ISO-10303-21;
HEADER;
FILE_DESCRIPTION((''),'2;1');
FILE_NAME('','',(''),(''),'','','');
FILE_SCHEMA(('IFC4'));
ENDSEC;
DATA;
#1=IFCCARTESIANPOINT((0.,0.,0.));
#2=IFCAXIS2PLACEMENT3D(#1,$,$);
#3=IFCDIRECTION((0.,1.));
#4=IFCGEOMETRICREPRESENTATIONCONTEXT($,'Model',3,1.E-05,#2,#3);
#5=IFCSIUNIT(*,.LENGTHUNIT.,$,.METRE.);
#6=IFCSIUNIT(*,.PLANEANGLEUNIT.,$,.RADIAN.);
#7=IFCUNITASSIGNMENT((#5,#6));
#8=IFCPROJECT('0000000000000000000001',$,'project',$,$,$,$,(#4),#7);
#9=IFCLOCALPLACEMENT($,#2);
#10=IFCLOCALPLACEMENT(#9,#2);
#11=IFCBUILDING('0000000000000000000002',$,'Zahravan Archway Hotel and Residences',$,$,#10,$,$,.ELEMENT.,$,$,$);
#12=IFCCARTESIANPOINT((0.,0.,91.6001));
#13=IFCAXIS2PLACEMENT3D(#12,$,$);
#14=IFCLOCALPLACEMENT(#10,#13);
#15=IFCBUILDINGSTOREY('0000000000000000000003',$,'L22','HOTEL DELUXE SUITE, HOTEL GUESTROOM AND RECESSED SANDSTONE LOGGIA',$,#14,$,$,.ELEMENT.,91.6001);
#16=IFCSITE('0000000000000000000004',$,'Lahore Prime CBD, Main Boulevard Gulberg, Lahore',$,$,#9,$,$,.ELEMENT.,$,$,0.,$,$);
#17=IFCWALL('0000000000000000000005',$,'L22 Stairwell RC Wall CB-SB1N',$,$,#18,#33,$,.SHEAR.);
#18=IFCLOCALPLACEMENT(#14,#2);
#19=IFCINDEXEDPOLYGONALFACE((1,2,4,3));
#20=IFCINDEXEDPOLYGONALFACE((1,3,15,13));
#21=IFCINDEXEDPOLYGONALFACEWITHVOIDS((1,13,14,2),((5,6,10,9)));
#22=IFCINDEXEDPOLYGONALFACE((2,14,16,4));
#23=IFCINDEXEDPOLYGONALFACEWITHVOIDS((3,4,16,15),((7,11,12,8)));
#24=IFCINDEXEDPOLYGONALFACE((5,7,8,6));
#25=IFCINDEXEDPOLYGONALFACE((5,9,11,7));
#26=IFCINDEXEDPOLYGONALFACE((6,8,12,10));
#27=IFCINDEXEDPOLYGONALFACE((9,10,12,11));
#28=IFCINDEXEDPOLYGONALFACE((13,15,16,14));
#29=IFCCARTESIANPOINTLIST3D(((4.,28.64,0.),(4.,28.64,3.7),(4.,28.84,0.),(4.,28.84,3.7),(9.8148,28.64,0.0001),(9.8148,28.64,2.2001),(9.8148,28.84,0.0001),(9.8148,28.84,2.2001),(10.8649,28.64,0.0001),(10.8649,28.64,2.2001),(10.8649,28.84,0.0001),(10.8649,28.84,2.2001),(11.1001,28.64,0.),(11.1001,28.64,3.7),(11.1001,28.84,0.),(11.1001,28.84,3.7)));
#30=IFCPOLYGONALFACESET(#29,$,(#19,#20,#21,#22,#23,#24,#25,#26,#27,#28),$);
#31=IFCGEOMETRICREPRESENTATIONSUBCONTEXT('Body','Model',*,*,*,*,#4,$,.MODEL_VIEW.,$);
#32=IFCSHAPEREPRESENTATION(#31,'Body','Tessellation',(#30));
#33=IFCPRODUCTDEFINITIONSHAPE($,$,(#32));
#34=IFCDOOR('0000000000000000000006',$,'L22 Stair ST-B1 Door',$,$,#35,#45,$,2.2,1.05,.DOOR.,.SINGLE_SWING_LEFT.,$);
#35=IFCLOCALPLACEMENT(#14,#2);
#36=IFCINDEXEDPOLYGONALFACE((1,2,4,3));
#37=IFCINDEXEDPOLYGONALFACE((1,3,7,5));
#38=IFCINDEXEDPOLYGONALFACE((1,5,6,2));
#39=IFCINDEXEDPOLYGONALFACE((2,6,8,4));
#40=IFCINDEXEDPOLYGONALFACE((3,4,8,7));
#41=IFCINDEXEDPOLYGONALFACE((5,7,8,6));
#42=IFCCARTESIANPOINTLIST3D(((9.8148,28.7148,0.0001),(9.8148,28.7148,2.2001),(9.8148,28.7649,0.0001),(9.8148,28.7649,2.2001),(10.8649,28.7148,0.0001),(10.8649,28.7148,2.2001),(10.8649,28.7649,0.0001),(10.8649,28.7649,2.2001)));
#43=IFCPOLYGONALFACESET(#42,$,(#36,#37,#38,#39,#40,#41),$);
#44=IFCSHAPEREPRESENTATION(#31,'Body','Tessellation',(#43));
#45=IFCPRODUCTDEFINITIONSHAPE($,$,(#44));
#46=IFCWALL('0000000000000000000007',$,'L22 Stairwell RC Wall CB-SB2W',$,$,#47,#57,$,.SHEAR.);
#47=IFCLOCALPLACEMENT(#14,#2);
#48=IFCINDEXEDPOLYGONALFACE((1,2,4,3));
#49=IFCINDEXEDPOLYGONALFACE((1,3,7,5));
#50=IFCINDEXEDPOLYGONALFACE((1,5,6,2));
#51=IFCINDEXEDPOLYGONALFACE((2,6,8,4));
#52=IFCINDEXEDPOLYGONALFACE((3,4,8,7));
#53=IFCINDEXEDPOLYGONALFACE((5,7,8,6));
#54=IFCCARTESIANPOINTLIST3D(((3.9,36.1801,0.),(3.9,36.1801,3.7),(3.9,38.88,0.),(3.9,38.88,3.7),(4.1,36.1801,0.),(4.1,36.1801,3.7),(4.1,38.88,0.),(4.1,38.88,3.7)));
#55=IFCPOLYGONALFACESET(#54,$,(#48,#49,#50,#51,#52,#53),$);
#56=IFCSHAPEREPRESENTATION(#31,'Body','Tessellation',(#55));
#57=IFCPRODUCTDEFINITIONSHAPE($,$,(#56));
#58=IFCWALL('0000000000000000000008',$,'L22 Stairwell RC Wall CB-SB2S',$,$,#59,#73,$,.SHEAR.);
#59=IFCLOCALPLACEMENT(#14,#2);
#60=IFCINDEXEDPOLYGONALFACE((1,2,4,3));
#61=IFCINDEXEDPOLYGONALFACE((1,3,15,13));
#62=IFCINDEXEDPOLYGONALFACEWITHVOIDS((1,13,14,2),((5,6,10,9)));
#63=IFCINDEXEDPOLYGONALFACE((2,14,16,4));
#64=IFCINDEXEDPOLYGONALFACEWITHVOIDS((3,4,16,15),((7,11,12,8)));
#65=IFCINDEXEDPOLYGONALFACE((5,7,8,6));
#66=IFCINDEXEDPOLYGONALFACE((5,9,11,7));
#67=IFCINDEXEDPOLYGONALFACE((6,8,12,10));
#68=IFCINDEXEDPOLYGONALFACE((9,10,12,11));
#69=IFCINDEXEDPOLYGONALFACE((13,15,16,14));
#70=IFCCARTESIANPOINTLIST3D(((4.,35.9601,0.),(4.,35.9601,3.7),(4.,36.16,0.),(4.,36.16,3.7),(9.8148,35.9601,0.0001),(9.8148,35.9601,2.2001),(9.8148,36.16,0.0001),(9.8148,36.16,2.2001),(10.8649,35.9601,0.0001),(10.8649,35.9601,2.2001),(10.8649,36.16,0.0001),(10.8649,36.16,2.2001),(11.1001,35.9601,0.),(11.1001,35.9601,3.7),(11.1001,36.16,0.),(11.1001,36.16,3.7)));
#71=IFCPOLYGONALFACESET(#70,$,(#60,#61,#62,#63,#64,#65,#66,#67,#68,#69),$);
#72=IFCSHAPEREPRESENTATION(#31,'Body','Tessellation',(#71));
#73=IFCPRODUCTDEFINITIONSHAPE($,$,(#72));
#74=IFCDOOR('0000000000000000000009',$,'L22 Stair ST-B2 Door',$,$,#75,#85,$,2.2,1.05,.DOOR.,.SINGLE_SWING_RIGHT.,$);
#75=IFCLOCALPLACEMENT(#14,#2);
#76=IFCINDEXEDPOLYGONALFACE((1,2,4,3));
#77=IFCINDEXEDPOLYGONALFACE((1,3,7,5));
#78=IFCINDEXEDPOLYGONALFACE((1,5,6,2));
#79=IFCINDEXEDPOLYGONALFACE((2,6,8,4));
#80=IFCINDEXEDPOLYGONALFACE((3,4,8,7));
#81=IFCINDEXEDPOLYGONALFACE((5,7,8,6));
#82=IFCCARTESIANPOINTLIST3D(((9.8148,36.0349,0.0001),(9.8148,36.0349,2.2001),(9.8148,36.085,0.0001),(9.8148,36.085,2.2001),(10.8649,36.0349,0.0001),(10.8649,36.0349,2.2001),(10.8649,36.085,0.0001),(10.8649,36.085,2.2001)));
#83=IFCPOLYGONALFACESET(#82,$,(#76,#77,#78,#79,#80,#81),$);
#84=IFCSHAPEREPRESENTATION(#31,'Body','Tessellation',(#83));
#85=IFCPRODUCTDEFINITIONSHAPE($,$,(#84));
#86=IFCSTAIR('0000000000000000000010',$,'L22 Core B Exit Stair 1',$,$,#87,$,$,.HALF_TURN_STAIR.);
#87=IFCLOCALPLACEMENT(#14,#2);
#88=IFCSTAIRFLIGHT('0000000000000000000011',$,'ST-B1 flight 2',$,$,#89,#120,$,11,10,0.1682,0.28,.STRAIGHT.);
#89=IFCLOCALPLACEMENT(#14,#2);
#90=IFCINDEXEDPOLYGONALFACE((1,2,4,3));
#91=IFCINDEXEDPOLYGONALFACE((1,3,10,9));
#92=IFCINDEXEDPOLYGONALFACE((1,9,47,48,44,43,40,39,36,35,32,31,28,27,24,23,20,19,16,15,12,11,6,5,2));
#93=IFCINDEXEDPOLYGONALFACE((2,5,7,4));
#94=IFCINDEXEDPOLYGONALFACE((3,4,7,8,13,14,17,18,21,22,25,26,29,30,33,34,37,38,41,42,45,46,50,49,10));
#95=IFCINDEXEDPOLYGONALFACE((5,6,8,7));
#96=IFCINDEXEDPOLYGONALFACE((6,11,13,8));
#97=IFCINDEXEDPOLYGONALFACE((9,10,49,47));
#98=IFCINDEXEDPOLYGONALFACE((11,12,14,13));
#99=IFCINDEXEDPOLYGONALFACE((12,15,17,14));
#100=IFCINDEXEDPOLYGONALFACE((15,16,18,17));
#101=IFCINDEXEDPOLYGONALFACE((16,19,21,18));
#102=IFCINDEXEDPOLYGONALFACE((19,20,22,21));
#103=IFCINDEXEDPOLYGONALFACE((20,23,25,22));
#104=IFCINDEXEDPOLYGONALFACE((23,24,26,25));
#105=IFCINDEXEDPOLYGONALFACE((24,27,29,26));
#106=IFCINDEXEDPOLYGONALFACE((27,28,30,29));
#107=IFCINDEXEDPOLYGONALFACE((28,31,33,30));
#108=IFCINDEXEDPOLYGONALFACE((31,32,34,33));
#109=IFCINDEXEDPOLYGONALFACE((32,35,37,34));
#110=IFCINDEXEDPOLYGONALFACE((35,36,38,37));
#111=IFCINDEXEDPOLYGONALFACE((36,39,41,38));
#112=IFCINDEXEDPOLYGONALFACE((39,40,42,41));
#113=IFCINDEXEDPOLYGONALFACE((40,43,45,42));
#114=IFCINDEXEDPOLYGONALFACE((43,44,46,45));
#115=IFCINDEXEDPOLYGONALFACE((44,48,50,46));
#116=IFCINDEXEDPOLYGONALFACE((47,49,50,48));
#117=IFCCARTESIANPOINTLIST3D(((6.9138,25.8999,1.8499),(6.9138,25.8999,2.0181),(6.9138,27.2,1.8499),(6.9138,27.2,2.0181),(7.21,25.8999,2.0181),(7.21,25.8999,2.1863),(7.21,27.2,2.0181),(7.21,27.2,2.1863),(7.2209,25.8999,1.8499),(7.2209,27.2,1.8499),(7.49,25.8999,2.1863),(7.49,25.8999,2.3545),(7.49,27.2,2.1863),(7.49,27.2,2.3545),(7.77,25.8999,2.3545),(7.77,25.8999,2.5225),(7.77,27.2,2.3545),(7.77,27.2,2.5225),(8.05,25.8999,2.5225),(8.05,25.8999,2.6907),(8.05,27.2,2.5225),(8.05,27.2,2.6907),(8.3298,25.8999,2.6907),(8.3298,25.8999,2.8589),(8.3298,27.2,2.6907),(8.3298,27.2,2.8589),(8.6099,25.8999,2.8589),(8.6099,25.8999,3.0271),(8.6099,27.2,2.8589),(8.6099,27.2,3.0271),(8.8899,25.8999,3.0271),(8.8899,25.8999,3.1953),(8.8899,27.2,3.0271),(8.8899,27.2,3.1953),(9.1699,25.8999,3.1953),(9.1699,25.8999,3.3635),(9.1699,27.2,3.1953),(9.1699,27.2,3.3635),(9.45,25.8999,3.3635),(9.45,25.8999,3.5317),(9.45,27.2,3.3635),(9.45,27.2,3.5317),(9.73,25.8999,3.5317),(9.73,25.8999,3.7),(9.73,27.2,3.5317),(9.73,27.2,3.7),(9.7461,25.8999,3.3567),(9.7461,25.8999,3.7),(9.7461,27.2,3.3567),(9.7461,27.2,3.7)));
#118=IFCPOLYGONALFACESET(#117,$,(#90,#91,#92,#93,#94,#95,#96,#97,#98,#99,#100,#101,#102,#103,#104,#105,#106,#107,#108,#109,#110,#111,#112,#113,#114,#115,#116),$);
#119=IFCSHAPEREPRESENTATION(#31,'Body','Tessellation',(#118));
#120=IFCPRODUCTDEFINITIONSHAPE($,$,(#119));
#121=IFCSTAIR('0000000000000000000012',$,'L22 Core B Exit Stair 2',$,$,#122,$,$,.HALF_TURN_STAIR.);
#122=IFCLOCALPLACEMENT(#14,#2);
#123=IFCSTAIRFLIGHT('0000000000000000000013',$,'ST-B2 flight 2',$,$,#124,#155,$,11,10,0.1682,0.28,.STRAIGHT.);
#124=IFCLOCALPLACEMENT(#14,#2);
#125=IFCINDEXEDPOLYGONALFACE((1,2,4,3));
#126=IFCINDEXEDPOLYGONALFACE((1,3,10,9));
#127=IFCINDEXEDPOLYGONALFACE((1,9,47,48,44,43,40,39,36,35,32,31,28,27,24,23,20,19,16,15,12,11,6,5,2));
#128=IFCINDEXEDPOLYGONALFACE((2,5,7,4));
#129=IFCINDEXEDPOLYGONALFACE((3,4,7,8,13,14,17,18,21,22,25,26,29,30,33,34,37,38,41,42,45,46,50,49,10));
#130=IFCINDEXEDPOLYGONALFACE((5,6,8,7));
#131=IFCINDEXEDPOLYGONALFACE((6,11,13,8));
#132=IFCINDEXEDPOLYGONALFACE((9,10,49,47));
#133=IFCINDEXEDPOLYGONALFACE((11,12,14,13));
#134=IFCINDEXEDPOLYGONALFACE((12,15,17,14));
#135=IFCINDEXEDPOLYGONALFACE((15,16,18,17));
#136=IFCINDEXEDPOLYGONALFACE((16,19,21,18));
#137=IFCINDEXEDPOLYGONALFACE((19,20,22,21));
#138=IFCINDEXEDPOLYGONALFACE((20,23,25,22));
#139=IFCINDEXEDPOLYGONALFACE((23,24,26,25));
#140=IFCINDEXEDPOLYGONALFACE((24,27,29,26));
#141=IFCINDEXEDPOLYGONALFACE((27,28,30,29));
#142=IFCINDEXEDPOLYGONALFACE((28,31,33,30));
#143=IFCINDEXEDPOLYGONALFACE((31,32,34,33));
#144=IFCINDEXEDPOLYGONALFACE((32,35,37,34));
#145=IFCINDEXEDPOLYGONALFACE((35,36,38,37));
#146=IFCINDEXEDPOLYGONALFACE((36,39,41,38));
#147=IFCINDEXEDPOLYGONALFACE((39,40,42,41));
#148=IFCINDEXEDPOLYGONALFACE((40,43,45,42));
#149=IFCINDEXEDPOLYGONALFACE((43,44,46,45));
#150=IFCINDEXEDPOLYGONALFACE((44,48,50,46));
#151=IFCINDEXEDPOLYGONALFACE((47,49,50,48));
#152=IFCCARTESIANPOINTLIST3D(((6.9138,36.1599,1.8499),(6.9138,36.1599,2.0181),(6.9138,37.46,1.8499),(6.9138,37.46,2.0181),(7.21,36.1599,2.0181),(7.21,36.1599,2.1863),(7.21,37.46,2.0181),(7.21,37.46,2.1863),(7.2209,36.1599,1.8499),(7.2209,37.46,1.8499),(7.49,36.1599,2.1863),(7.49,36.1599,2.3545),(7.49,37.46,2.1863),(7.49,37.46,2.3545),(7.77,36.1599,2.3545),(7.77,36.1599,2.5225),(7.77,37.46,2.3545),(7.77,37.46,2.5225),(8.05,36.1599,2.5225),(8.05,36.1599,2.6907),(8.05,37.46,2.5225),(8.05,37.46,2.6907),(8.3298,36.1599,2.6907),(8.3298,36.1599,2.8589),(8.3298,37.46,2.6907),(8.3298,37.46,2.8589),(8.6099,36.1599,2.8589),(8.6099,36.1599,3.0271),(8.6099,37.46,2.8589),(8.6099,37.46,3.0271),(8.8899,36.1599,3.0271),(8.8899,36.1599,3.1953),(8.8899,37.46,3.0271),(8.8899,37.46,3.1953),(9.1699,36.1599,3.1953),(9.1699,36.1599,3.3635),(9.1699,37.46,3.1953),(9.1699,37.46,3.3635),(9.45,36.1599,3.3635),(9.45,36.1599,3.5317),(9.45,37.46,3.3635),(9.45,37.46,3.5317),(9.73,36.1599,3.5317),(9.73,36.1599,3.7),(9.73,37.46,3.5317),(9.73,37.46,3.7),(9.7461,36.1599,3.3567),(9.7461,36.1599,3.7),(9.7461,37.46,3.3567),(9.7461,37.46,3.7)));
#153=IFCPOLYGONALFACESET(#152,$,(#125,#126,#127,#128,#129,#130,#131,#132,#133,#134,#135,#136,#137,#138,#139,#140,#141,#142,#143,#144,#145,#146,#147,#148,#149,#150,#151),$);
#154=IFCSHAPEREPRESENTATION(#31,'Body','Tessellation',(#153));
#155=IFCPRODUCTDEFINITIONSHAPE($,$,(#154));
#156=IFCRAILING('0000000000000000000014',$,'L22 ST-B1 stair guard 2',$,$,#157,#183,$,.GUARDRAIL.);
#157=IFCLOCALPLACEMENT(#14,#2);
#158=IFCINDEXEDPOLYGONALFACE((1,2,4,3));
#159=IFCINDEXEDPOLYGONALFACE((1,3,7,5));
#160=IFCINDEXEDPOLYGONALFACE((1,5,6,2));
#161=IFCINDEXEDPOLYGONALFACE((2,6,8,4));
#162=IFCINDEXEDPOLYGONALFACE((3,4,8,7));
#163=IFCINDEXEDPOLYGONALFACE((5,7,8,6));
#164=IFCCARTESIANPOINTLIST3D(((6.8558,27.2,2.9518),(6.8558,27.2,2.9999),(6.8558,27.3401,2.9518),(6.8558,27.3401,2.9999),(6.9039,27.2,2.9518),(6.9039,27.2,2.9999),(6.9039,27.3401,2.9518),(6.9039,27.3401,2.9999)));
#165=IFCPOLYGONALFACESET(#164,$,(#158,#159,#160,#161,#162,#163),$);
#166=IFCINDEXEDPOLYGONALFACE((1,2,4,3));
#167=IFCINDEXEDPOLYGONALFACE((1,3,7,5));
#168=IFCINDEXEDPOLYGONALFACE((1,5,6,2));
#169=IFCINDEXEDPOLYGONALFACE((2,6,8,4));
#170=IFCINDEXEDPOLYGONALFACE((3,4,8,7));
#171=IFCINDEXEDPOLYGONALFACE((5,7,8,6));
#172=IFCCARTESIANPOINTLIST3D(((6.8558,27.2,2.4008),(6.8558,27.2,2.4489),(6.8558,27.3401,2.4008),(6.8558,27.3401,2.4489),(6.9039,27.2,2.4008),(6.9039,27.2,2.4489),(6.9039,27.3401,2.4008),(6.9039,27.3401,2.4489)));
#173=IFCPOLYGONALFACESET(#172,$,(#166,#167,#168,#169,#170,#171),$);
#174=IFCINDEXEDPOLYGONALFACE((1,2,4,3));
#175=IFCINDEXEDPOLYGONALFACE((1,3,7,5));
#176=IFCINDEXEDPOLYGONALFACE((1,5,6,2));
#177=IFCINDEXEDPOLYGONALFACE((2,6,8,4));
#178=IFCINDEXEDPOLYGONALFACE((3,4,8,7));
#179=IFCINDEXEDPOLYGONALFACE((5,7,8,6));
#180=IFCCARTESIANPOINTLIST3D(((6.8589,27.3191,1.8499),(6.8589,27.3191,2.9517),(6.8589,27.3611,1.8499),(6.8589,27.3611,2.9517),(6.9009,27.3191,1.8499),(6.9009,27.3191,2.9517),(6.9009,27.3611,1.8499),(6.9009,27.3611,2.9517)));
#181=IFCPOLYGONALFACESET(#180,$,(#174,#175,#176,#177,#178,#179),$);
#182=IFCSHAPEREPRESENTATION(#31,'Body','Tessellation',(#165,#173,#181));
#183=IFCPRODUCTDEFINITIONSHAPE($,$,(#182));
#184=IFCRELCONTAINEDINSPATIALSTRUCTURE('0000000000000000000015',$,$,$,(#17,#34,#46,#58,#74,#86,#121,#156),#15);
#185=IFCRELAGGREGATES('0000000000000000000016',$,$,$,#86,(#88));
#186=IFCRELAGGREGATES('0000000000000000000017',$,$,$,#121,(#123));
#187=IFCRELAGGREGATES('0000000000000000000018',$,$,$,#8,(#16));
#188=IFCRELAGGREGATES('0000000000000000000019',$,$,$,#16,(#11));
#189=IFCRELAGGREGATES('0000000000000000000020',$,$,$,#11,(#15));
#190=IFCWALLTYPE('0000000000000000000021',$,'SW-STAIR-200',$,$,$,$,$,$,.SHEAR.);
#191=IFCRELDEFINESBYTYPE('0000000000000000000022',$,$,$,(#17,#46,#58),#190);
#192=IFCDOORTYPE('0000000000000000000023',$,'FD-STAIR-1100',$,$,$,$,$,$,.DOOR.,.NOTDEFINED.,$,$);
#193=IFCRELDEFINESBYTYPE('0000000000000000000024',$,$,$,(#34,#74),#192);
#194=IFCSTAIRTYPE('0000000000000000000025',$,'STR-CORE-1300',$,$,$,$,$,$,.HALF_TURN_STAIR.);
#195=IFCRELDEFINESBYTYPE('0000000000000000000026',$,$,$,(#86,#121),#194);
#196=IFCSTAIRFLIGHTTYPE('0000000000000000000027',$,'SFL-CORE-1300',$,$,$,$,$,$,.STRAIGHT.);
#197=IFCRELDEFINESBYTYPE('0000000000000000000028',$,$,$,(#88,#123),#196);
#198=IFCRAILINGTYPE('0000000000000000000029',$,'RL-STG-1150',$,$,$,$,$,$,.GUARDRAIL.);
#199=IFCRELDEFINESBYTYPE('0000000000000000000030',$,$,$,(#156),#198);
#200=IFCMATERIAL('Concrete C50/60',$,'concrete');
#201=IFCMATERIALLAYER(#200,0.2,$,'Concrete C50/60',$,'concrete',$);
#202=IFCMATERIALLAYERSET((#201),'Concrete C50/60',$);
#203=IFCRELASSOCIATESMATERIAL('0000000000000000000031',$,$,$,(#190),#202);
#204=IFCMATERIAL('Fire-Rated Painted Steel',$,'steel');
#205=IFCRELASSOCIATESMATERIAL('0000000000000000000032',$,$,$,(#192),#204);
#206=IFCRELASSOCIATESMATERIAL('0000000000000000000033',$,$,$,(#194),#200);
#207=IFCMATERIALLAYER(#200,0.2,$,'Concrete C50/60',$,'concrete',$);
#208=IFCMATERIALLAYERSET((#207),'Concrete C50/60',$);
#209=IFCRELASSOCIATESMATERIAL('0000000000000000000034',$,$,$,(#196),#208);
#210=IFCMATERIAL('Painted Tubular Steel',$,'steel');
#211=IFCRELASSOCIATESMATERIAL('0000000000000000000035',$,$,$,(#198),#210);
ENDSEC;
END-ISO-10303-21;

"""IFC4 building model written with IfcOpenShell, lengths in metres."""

from ifc_helpers import new_model, si_unit, direction, frame, frame_2d, origin, origin_2d, place, context, subcontext, project, spatial, polyline, rectangle, outline, extrude, source, transform, mapped, material, layer, layer_set, type_object, type_shapes, element, fill, aggregate, save


model = new_model("IFC4")

# Units and contexts
model_context = context("Model", 3, precision=1e-05, world=origin(), true_north=direction((0.0, 1.0)))
body_context = subcontext(model_context, "Body", "Model", "MODEL_VIEW")
ifc_project = project(units=[si_unit("LENGTHUNIT", "METRE"), si_unit("PLANEANGLEUNIT", "RADIAN")], contexts=[model_context])

# Site, building, storey
site_placement = place(None, origin())
site = spatial("IfcSite", under=ifc_project, at=site_placement, Name="Lahore Prime CBD, Main Boulevard Gulberg, Lahore", CompositionType="ELEMENT", RefElevation=0.0)
building_placement = place(site_placement, origin())
building = spatial("IfcBuilding", under=site, at=building_placement, Name="Zahravan Archway Hotel and Residences", CompositionType="ELEMENT")
storey_placement = place(building_placement, frame((0.0, 0.0, 91.6001)))
storey = spatial("IfcBuildingStorey", under=building, at=storey_placement, Name="L22", Description="HOTEL DELUXE SUITE, HOTEL GUESTROOM AND RECESSED SANDSTONE LOGGIA", CompositionType="ELEMENT", Elevation=91.6001)

# Shared definitions
ifc_material_1 = material(Name="Fire-Rated Painted Steel", Category="steel")

# Shared definitions
ifc_material_2 = material(Name="Concrete C50/60", Category="concrete")
ifc_layer_1 = layer(ifc_material_2, 0.2, Name="Concrete C50/60", Category="concrete")
ifc_layer_set_1 = layer_set([ifc_layer_1], Name="Concrete C50/60")
wall_type_1 = type_object("IfcWallType", Name="SW-STAIR-200", PredefinedType="SHEAR", material=ifc_layer_set_1)

# Wall, opening, door
wall_1_placement = place(storey_placement, frame((4.0, 28.74, 0.0), z_axis=(0.0, 0.0, 1.0), x_axis=(1.0, 0.0, 0.0)))
wall_1 = element("IfcWall", 1, at=wall_1_placement, inside=storey, type_object=wall_type_1, Name="L22 Stairwell RC Wall CB-SB1N", PredefinedType="SHEAR", context=body_context, shape_type="SweptSolid", body=[
    extrude(rectangle(XDim=7.1001, YDim=0.2, at=frame_2d((3.55, 0.0))), origin(), (0.0, 0.0, 1.0), 3.7),
])
opening_1_placement = place(wall_1_placement, frame((5.8149, 0.0, 0.0)))
opening_1 = element("IfcOpeningElement", 2, at=opening_1_placement, cuts=wall_1, PredefinedType="OPENING", context=body_context, shape_type="SweptSolid", body=[
    extrude(rectangle(XDim=1.05, YDim=2.2, at=frame_2d((0.5249, 1.1001))), frame((0.0, 0.1099, 0.0), z_axis=(0.0, -1.0, 0.0), x_axis=(1.0, 0.0, 0.0)), (0.0, 0.0, 1.0), 0.22),
])
door_type_1 = type_object("IfcDoorType", Name="FD-STAIR-1100", OperationType="NOTDEFINED", PredefinedType="DOOR", material=ifc_material_1)
shared_shape_1 = source(origin(), body_context, "Body", "SweptSolid", [
    extrude(rectangle(XDim=1.05, YDim=2.2, at=frame_2d((0.5249, 1.1001))), frame((0.0, 0.0249, 0.0), z_axis=(0.0, -1.0, 0.0), x_axis=(1.0, 0.0, 0.0)), (0.0, 0.0, 1.0), 0.05),
])
type_shapes(door_type_1, [shared_shape_1])
door_1_placement = place(opening_1_placement, origin())
door_1 = element("IfcDoor", 3, at=door_1_placement, inside=storey, type_object=door_type_1, Name="L22 Stair ST-B1 Door", OperationType="SINGLE_SWING_LEFT", OverallHeight=2.2, OverallWidth=1.05, PredefinedType="DOOR", context=body_context, shape_type="MappedRepresentation", body=[
    mapped(shared_shape_1, transform((0.0, 0.0, 0.0), scale=1.0)),
])
fill(opening_1, door_1)

# Wall
wall_2_placement = place(storey_placement, frame((4.0, 36.1799, 0.0), z_axis=(0.0, 0.0, 1.0), x_axis=(0.0, 1.0, 0.0)))
element("IfcWall", 4, at=wall_2_placement, inside=storey, type_object=wall_type_1, Name="L22 Stairwell RC Wall CB-SB2W", PredefinedType="SHEAR", context=body_context, shape_type="SweptSolid", body=[
    extrude(rectangle(XDim=2.7, YDim=0.2, at=frame_2d((1.3501, 0.0))), origin(), (0.0, 0.0, 1.0), 3.7),
])

# Wall, opening, door
wall_3_placement = place(storey_placement, frame((4.0, 36.0601, 0.0), z_axis=(0.0, 0.0, 1.0), x_axis=(1.0, 0.0, 0.0)))
wall_3 = element("IfcWall", 5, at=wall_3_placement, inside=storey, type_object=wall_type_1, Name="L22 Stairwell RC Wall CB-SB2S", PredefinedType="SHEAR", context=body_context, shape_type="SweptSolid", body=[
    extrude(rectangle(XDim=7.1001, YDim=0.2, at=frame_2d((3.55, 0.0))), origin(), (0.0, 0.0, 1.0), 3.7),
])
opening_2_placement = place(wall_3_placement, frame((5.8149, 0.0, 0.0)))
opening_2 = element("IfcOpeningElement", 6, at=opening_2_placement, cuts=wall_3, PredefinedType="OPENING", context=body_context, shape_type="SweptSolid", body=[
    extrude(rectangle(XDim=1.05, YDim=2.2, at=frame_2d((0.5249, 1.1001))), frame((0.0, 0.1099, 0.0), z_axis=(0.0, -1.0, 0.0), x_axis=(1.0, 0.0, 0.0)), (0.0, 0.0, 1.0), 0.22),
])
door_2_placement = place(opening_2_placement, origin())
door_2 = element("IfcDoor", 7, at=door_2_placement, inside=storey, type_object=door_type_1, Name="L22 Stair ST-B2 Door", OperationType="SINGLE_SWING_RIGHT", OverallHeight=2.2, OverallWidth=1.05, PredefinedType="DOOR", context=body_context, shape_type="MappedRepresentation", body=[
    mapped(shared_shape_1, transform((0.0, 0.0, 0.0), scale=1.0)),
])
fill(opening_2, door_2)

# Stairs, stair flights
stair_type = type_object("IfcStairType", Name="STR-CORE-1300", PredefinedType="HALF_TURN_STAIR", material=ifc_material_2)
stair_1_placement = place(storey_placement, origin())
stair_1 = element("IfcStair", 8, at=stair_1_placement, inside=storey, type_object=stair_type, Name="L22 Core B Exit Stair 1", PredefinedType="HALF_TURN_STAIR")
ifc_layer_2 = layer(ifc_material_2, 0.2, Name="Concrete C50/60", Category="concrete")
ifc_layer_set_2 = layer_set([ifc_layer_2], Name="Concrete C50/60")
stair_flight_type = type_object("IfcStairFlightType", Name="SFL-CORE-1300", PredefinedType="STRAIGHT", material=ifc_layer_set_2)
shared_shape_2 = source(origin(), body_context, "Body", "SweptSolid", [
    extrude(outline(polyline([(-0.0161, 0.0), (-0.0161, 0.1682), (0.28, 0.1682), (0.28, 0.3364), (0.5601, 0.3364), (0.5601, 0.5046), (0.8401, 0.5046), (0.8401, 0.6726), (1.1201, 0.6726), (1.1201, 0.8408), (1.3999, 0.8408), (1.3999, 1.009), (1.6799, 1.009), (1.6799, 1.1772), (1.96, 1.1772), (1.96, 1.3455), (2.24, 1.3455), (2.24, 1.5137), (2.52, 1.5137), (2.52, 1.6819), (2.8, 1.6819), (2.8, 1.8501), (2.8162, 1.8501), (2.8162, 1.5068), (0.291, 0.0), (-0.0161, 0.0)])), frame((0.0, 0.6499, 0.0), z_axis=(0.0, -1.0, 0.0), x_axis=(1.0, 0.0, 0.0)), (0.0, 0.0, 1.0), 1.3),
])
stair_flight_1_placement = place(storey_placement, frame((6.9299, 26.55, 1.8499), z_axis=(0.0, 0.0, 1.0), x_axis=(1.0, 0.0, 0.0)))
stair_flight_1 = element("IfcStairFlight", 9, at=stair_flight_1_placement, type_object=stair_flight_type, Name="ST-B1 flight 2", NumberOfRisers=11, NumberOfTreads=10, PredefinedType="STRAIGHT", RiserHeight=0.1682, TreadLength=0.28, context=body_context, shape_type="MappedRepresentation", body=[
    mapped(shared_shape_2, transform((0.0, 0.0, 0.0), scale=1.0)),
])
aggregate(stair_1, [stair_flight_1])
stair_2_placement = place(storey_placement, origin())
stair_2 = element("IfcStair", 10, at=stair_2_placement, inside=storey, type_object=stair_type, Name="L22 Core B Exit Stair 2", PredefinedType="HALF_TURN_STAIR")
stair_flight_2_placement = place(storey_placement, frame((6.9299, 36.8101, 1.8499), z_axis=(0.0, 0.0, 1.0), x_axis=(1.0, 0.0, 0.0)))
stair_flight_2 = element("IfcStairFlight", 11, at=stair_flight_2_placement, type_object=stair_flight_type, Name="ST-B2 flight 2", NumberOfRisers=11, NumberOfTreads=10, PredefinedType="STRAIGHT", RiserHeight=0.1682, TreadLength=0.28, context=body_context, shape_type="MappedRepresentation", body=[
    mapped(shared_shape_2, transform((0.0, 0.0, 0.0), scale=1.0)),
])
aggregate(stair_2, [stair_flight_2])

# Railing
ifc_material_3 = material(Name="Painted Tubular Steel", Category="steel")
railing_type_1 = type_object("IfcRailingType", Name="RL-STG-1150", PredefinedType="GUARDRAIL", material=ifc_material_3)
railing_placement = place(storey_placement, frame((6.8799, 27.3401, 1.8499)))
element("IfcRailing", 12, at=railing_placement, inside=storey, type_object=railing_type_1, Name="L22 ST-B1 stair guard 2", PredefinedType="GUARDRAIL", context=body_context, shape_type="SweptSolid", body=[
    extrude(rectangle(XDim=0.0481, YDim=0.0481, at=origin_2d()), frame((0.0, 0.0, 1.126), z_axis=(0.0, -1.0, 0.0), x_axis=(1.0, 0.0, 0.0)), (0.0, 0.0, 1.0), 0.1401),
    extrude(rectangle(XDim=0.0481, YDim=0.0481, at=origin_2d()), frame((0.0, 0.0, 0.575), z_axis=(0.0, -1.0, 0.0), x_axis=(1.0, 0.0, 0.0)), (0.0, 0.0, 1.0), 0.1401),
    extrude(rectangle(XDim=0.042, YDim=0.042, at=origin_2d()), origin(), (0.0, 0.0, 1.0), 1.1018),
])

save(model, "model.ifc")
